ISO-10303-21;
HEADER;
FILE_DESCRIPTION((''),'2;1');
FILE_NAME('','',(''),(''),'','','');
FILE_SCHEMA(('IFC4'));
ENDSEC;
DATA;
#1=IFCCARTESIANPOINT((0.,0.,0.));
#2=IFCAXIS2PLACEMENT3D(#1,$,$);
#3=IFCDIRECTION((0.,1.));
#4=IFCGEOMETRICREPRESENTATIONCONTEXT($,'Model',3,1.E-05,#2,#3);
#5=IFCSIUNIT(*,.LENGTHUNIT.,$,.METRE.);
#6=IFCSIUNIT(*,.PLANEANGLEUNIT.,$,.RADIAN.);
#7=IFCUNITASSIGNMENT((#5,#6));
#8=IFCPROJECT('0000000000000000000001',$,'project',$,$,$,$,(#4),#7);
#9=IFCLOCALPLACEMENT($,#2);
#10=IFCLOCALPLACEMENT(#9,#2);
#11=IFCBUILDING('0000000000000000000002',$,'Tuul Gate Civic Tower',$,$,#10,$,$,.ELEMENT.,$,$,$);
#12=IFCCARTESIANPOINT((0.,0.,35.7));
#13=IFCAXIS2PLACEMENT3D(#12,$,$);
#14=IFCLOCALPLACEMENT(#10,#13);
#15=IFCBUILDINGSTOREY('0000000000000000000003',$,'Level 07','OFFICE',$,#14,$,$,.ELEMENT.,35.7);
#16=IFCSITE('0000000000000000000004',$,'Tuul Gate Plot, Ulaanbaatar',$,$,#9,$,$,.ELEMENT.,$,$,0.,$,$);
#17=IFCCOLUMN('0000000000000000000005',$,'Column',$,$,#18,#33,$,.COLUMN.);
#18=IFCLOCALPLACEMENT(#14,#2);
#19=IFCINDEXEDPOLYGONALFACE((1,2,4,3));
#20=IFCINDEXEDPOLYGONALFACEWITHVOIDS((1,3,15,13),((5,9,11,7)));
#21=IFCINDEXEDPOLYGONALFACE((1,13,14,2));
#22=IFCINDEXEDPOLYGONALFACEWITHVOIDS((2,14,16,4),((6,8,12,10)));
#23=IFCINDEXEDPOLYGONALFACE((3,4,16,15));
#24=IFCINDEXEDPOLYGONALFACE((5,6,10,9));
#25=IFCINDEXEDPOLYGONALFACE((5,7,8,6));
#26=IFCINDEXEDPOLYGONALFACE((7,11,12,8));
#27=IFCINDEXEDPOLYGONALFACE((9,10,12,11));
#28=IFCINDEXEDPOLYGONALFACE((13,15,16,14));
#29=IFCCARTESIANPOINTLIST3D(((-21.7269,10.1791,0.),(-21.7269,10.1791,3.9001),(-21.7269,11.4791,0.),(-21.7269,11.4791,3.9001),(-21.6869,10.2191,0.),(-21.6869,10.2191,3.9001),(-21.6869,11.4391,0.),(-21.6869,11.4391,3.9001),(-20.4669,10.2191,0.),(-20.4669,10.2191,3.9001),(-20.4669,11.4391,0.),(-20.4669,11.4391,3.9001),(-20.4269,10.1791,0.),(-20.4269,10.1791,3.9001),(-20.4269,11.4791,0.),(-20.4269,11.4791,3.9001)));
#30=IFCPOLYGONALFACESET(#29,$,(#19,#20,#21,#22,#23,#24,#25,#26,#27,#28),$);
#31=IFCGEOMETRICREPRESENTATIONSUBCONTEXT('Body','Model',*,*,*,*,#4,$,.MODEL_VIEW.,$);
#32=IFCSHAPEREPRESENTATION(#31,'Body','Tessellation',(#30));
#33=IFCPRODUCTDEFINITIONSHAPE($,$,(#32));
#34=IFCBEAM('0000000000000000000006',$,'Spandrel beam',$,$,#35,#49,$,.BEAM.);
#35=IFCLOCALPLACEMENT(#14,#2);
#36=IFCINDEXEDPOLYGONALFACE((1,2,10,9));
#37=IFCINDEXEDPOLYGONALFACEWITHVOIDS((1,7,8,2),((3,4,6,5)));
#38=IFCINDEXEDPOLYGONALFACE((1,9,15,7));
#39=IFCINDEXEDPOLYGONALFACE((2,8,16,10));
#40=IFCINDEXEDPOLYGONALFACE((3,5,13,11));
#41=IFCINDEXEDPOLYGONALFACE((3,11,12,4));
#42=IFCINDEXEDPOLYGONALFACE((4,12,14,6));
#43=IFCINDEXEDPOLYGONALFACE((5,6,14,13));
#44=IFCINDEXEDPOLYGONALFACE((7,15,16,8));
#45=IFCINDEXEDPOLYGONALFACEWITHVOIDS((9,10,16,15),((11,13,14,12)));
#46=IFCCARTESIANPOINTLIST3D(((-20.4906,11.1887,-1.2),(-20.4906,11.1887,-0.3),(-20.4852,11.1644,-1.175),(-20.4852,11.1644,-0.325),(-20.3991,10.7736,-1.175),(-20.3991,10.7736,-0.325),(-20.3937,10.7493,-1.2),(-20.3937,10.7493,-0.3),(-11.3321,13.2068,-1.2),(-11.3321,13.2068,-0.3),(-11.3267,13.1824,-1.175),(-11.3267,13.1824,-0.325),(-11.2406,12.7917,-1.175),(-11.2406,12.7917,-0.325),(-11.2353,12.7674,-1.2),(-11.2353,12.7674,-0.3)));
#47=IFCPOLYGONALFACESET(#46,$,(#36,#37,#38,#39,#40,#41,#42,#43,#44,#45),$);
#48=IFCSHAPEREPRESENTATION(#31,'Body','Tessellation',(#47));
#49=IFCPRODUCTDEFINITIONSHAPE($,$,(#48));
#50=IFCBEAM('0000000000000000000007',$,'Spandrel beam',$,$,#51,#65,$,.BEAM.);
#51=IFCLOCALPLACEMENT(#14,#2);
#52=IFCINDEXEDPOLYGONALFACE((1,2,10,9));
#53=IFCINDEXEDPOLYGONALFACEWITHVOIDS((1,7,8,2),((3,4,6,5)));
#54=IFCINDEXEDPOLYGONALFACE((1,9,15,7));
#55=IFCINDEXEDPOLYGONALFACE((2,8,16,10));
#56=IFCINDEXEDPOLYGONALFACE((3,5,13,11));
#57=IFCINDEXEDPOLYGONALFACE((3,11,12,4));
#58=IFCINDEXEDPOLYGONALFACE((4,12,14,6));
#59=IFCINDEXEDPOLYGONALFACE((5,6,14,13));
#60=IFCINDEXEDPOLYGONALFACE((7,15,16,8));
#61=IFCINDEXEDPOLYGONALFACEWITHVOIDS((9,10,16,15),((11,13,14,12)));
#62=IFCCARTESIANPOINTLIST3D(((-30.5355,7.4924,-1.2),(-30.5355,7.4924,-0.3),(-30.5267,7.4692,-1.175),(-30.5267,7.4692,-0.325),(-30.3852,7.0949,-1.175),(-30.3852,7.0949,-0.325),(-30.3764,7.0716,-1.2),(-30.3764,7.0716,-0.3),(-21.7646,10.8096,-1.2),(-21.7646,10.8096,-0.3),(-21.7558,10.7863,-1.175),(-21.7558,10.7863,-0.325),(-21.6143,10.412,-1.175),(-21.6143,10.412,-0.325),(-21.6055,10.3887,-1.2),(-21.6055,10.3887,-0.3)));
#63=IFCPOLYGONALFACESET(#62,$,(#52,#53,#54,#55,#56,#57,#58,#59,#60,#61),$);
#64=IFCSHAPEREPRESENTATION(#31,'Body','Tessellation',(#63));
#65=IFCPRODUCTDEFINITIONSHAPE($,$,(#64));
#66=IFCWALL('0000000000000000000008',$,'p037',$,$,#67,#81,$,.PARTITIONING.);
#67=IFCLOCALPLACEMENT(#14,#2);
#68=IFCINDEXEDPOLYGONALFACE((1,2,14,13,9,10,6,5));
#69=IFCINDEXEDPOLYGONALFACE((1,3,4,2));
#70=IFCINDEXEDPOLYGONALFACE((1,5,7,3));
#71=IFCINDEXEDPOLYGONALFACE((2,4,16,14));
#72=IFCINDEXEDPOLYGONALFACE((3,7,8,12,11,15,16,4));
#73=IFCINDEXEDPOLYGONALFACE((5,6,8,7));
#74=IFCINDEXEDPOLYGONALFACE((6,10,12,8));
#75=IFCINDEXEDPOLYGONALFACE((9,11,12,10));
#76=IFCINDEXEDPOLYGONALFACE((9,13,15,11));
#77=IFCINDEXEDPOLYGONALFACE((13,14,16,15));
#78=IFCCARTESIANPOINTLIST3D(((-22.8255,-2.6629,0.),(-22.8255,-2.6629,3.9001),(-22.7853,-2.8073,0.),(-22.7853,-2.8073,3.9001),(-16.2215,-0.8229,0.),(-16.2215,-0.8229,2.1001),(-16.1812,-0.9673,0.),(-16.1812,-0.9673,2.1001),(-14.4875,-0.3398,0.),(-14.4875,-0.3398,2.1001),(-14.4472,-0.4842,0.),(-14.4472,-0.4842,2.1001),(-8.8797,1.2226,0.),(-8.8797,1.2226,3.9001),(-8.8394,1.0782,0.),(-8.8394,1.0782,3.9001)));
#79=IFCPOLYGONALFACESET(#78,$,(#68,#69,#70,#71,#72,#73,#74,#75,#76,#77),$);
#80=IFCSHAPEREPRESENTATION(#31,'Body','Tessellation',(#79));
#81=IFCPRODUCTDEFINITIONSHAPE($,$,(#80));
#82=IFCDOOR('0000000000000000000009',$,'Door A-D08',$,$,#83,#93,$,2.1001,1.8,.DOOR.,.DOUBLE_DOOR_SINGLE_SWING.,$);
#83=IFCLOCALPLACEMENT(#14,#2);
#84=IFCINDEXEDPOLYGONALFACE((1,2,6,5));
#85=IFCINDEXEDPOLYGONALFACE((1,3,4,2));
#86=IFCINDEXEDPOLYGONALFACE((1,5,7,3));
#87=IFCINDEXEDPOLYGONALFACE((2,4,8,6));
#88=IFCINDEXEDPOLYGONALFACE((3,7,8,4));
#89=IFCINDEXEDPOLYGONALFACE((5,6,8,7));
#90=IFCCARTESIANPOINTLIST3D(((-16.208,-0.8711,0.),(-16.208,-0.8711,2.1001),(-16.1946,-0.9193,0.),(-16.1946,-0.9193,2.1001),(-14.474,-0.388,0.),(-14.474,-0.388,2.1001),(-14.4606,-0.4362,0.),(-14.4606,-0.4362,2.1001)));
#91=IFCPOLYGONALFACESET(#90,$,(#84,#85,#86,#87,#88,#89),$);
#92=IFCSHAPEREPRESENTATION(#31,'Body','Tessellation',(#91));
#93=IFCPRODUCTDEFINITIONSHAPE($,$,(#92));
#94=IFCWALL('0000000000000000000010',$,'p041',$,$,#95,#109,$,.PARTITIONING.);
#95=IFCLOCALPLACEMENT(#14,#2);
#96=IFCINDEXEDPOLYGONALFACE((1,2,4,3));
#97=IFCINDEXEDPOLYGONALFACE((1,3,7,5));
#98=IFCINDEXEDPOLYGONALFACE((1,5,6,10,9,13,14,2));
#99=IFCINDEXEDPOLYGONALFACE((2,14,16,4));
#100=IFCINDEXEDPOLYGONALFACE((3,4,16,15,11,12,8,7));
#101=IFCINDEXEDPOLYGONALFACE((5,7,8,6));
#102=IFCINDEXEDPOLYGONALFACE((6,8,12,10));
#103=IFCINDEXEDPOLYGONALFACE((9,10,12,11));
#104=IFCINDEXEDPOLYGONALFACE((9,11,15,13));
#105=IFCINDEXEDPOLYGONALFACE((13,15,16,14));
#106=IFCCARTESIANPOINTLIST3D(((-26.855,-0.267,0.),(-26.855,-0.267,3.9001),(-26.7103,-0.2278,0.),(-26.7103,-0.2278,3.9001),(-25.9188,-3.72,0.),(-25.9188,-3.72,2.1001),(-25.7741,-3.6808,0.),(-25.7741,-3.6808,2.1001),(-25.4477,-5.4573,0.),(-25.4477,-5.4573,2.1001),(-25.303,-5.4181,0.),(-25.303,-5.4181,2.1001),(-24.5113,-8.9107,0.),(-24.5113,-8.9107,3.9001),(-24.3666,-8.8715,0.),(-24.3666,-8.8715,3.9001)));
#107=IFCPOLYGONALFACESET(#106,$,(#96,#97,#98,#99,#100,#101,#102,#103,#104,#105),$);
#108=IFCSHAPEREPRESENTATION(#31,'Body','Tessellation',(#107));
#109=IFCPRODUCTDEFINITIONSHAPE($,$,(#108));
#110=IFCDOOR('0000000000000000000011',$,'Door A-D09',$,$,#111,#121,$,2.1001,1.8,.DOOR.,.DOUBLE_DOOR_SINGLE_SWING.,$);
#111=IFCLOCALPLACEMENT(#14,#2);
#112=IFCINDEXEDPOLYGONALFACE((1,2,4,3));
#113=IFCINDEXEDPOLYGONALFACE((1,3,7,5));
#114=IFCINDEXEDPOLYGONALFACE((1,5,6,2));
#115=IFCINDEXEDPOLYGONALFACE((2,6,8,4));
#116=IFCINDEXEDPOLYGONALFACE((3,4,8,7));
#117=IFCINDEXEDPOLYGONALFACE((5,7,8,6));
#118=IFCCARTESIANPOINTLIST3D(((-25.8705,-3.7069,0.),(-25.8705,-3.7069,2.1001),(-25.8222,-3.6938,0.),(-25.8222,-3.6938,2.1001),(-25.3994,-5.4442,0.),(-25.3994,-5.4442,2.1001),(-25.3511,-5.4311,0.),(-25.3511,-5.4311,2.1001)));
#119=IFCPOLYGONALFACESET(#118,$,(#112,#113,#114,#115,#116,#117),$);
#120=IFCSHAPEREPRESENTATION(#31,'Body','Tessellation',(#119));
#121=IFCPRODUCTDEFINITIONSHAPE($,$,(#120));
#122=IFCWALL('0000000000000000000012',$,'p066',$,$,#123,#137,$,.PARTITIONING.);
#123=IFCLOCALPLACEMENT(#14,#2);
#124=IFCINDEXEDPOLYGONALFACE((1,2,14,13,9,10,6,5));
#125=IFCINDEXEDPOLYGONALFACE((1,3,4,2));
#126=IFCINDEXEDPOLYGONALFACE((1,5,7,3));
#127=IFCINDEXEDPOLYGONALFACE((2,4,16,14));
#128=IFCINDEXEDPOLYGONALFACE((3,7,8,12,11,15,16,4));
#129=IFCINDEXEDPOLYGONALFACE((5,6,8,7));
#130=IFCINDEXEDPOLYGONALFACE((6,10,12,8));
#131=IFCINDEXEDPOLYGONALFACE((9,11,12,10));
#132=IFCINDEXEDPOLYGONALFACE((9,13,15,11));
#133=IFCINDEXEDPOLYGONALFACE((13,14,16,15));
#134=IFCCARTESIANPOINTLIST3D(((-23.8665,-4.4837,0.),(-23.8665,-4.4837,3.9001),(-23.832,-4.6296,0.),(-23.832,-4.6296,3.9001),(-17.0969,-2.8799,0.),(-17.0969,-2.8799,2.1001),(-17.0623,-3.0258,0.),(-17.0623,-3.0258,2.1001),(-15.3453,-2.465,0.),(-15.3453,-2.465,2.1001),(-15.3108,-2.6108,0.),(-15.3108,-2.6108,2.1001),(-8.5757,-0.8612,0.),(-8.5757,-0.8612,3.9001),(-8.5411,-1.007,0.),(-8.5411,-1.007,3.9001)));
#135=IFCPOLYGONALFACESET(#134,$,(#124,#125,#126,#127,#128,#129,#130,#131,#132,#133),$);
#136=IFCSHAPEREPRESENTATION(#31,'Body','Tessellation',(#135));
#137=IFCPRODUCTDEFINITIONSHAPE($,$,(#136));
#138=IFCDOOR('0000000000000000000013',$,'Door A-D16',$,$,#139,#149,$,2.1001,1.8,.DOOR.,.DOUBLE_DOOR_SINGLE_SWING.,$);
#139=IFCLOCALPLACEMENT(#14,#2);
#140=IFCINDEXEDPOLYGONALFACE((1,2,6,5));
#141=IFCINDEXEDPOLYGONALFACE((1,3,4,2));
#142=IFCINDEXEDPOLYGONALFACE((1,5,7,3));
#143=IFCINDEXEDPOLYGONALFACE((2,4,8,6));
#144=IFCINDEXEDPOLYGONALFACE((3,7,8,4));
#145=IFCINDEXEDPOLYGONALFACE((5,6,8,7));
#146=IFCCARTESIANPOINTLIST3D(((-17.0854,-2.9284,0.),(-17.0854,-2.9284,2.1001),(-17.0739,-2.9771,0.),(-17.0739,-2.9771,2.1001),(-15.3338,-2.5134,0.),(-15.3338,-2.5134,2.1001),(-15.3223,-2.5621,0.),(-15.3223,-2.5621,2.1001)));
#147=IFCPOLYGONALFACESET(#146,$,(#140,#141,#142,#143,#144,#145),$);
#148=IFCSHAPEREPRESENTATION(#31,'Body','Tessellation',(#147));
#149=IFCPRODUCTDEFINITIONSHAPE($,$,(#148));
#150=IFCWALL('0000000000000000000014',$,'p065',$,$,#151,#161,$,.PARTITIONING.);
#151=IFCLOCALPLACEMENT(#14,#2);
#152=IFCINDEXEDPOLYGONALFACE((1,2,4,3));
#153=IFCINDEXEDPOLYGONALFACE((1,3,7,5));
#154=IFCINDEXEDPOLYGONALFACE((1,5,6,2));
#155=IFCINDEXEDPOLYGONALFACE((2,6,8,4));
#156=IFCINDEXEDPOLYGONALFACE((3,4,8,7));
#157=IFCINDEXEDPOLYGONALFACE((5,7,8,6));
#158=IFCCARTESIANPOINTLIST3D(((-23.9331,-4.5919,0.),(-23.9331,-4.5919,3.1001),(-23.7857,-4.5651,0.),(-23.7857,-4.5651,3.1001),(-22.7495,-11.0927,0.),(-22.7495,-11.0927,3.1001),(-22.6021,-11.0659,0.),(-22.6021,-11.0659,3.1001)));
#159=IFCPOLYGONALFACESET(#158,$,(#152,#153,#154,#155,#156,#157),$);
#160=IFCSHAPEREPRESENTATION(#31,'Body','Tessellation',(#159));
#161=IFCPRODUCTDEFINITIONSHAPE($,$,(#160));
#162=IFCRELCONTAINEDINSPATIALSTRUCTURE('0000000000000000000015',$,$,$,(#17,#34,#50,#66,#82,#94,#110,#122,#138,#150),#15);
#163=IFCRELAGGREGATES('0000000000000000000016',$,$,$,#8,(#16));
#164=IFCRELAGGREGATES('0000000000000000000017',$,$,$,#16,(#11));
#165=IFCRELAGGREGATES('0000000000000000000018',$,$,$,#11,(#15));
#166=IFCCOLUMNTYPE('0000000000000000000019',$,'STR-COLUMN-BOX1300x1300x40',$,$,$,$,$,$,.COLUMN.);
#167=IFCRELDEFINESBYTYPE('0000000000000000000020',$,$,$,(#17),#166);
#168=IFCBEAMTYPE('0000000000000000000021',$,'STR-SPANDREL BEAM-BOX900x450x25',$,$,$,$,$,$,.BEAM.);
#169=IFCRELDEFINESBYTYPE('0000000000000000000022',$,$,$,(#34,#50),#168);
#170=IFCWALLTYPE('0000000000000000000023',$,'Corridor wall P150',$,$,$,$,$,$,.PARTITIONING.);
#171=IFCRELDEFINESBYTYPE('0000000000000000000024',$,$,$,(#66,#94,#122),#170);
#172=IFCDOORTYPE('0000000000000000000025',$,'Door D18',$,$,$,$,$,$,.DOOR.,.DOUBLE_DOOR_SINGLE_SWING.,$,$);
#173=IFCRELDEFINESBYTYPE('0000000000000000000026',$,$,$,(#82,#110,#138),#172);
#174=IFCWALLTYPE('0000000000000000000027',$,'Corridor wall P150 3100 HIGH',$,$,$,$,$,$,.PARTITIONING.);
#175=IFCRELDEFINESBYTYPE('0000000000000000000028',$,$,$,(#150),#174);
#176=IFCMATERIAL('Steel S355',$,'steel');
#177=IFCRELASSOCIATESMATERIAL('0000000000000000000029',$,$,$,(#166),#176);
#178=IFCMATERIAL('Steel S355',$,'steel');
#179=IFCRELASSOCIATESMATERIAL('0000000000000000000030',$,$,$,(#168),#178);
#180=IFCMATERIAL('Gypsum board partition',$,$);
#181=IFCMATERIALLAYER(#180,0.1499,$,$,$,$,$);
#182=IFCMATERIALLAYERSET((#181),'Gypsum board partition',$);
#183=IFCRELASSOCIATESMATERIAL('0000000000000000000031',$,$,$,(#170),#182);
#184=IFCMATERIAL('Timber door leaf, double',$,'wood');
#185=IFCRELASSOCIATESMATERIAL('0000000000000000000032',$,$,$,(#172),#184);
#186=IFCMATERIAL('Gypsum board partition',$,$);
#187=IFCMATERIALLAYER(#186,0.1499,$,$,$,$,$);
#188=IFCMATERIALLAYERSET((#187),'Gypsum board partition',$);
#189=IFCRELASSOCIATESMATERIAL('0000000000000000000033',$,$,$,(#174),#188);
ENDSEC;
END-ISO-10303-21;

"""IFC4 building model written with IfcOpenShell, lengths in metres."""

from ifc_helpers import new_model, si_unit, direction, frame, frame_2d, origin, origin_2d, place, context, subcontext, project, spatial, rectangle, hollow_rectangle, extrude, material, layer, layer_set, material_profile, profile_set, type_object, element, fill, save


model = new_model("IFC4")

# Units and contexts
model_context = context("Model", 3, precision=1e-05, world=origin(), true_north=direction((0.0, 1.0)))
body_context = subcontext(model_context, "Body", "Model", "MODEL_VIEW")
ifc_project = project(units=[si_unit("LENGTHUNIT", "METRE"), si_unit("PLANEANGLEUNIT", "RADIAN")], contexts=[model_context])

# Site, building, storey
site_placement = place(None, origin())
site = spatial("IfcSite", under=ifc_project, at=site_placement, Name="Tuul Gate Plot, Ulaanbaatar", CompositionType="ELEMENT", RefElevation=0.0)
building_placement = place(site_placement, origin())
building = spatial("IfcBuilding", under=site, at=building_placement, Name="Tuul Gate Civic Tower", CompositionType="ELEMENT")
storey_placement = place(building_placement, frame((0.0, 0.0, 35.7)))
storey = spatial("IfcBuildingStorey", under=building, at=storey_placement, Name="Level 07", Description="OFFICE", CompositionType="ELEMENT", Elevation=35.7)

# Column
ifc_material_1 = material(Name="Steel S355", Category="steel")
ifc_material_profile_1 = material_profile(ifc_material_1, hollow_rectangle(XDim=1.3, YDim=1.3, WallThickness=0.04, at=origin_2d()), Name="BOX1300x1300x40")
ifc_profile_set_1 = profile_set([ifc_material_profile_1], Name="Steel S355")
column_type = type_object("IfcColumnType", Name="STR-COLUMN-BOX1300x1300x40", PredefinedType="COLUMN", material=ifc_profile_set_1)
column_placement = place(storey_placement, frame((-21.0769, 10.8291, 0.0), z_axis=(0.0, 0.0, 1.0), x_axis=(1.0, 0.0, 0.0)))
element("IfcColumn", 1, at=column_placement, inside=storey, type_object=column_type, Name="Column", PredefinedType="COLUMN", context=body_context, shape_type="SweptSolid", body=[
    extrude(hollow_rectangle(XDim=1.3, YDim=1.3, WallThickness=0.04, at=origin_2d()), origin(), (0.0, 0.0, 1.0), 3.9001),
])

# Beams
ifc_material_2 = material(Name="Steel S355", Category="steel")
ifc_material_profile_2 = material_profile(ifc_material_2, hollow_rectangle(XDim=0.45, YDim=0.8999, WallThickness=0.0249, at=origin_2d()), Name="BOX900x450x25")
ifc_profile_set_2 = profile_set([ifc_material_profile_2], Name="Steel S355")
beam_type = type_object("IfcBeamType", Name="STR-SPANDREL BEAM-BOX900x450x25", PredefinedType="BEAM", material=ifc_profile_set_2)
beam_1_placement = place(storey_placement, frame((-11.2837, 12.9871, -0.75), z_axis=(-0.976573, -0.215188, 0.0), x_axis=(0.215188, -0.976573, 0.0)))
element("IfcBeam", 2, at=beam_1_placement, inside=storey, type_object=beam_type, Name="Spandrel beam", PredefinedType="BEAM", context=body_context, shape_type="SweptSolid", body=[
    extrude(hollow_rectangle(XDim=0.45, YDim=0.8999, WallThickness=0.0249, at=origin_2d()), origin(), (0.0, 0.0, 1.0), 9.3782),
])
beam_2_placement = place(storey_placement, frame((-21.6851, 10.5991, -0.75), z_axis=(-0.935343, -0.353741, 0.0), x_axis=(0.353741, -0.935343, 0.0)))
element("IfcBeam", 3, at=beam_2_placement, inside=storey, type_object=beam_type, Name="Spandrel beam", PredefinedType="BEAM", context=body_context, shape_type="SweptSolid", body=[
    extrude(hollow_rectangle(XDim=0.45, YDim=0.8999, WallThickness=0.0249, at=origin_2d()), origin(), (0.0, 0.0, 1.0), 9.3772),
])

# Walls, openings, doors
ifc_material_3 = material(Name="Gypsum board partition")
ifc_layer_1 = layer(ifc_material_3, 0.1499)
ifc_layer_set_1 = layer_set([ifc_layer_1], Name="Gypsum board partition")
wall_type_1 = type_object("IfcWallType", Name="Corridor wall P150", PredefinedType="PARTITIONING", material=ifc_layer_set_1)
wall_1_placement = place(storey_placement, frame((-22.8054, -2.7351, 0.0), z_axis=(0.0, 0.0, 1.0), x_axis=(0.96331, 0.268392, 0.0)))
wall_1 = element("IfcWall", 4, at=wall_1_placement, inside=storey, type_object=wall_type_1, Name="p037", PredefinedType="PARTITIONING", context=body_context, shape_type="SweptSolid", body=[
    extrude(rectangle(XDim=14.4771, YDim=0.1499, at=frame_2d((7.2385, 0.0))), origin(), (0.0, 0.0, 1.0), 3.9001),
])
opening_1_placement = place(wall_1_placement, frame((6.8557, 0.0, 0.0)))
opening_1 = element("IfcOpeningElement", 5, at=opening_1_placement, cuts=wall_1, PredefinedType="OPENING", context=body_context, shape_type="SweptSolid", body=[
    extrude(rectangle(XDim=1.8, YDim=2.1001, at=frame_2d((0.8999, 1.05))), frame((0.0, 0.085, 0.0), z_axis=(0.0, -1.0, 0.0), x_axis=(1.0, 0.0, 0.0)), (0.0, 0.0, 1.0), 0.1699),
])
ifc_material_4 = material(Name="Timber door leaf, double", Category="wood")
door_type = type_object("IfcDoorType", Name="Door D18", OperationType="DOUBLE_DOOR_SINGLE_SWING", PredefinedType="DOOR", material=ifc_material_4)
door_1_placement = place(opening_1_placement, origin())
door_1 = element("IfcDoor", 6, at=door_1_placement, inside=storey, type_object=door_type, Name="Door A-D08", OperationType="DOUBLE_DOOR_SINGLE_SWING", OverallHeight=2.1001, OverallWidth=1.8, PredefinedType="DOOR", context=body_context, shape_type="SweptSolid", body=[
    extrude(rectangle(XDim=1.8, YDim=2.1001, at=frame_2d((0.8999, 1.05))), frame((0.0, 0.0249, 0.0), z_axis=(0.0, -1.0, 0.0), x_axis=(1.0, 0.0, 0.0)), (0.0, 0.0, 1.0), 0.05),
])
fill(opening_1, door_1)
wall_2_placement = place(storey_placement, frame((-26.7827, -0.2473, 0.0), z_axis=(0.0, 0.0, 1.0), x_axis=(0.261699, -0.96515, 0.0)))
wall_2 = element("IfcWall", 7, at=wall_2_placement, inside=storey, type_object=wall_type_1, Name="p041", PredefinedType="PARTITIONING", context=body_context, shape_type="SweptSolid", body=[
    extrude(rectangle(XDim=8.9558, YDim=0.1499, at=frame_2d((4.478, 0.0))), origin(), (0.0, 0.0, 1.0), 3.9001),
])
opening_2_placement = place(wall_2_placement, frame((3.5779, 0.0, 0.0)))
opening_2 = element("IfcOpeningElement", 8, at=opening_2_placement, cuts=wall_2, PredefinedType="OPENING", context=body_context, shape_type="SweptSolid", body=[
    extrude(rectangle(XDim=1.8, YDim=2.1001, at=frame_2d((0.8999, 1.05))), frame((0.0, 0.085, 0.0), z_axis=(0.0, -1.0, 0.0), x_axis=(1.0, 0.0, 0.0)), (0.0, 0.0, 1.0), 0.1699),
])
door_2_placement = place(opening_2_placement, frame((1.8, 0.0, 0.0), z_axis=(0.0, 0.0, 1.0), x_axis=(-1.0, 0.0, 0.0)))
door_2 = element("IfcDoor", 9, at=door_2_placement, inside=storey, type_object=door_type, Name="Door A-D09", OperationType="DOUBLE_DOOR_SINGLE_SWING", OverallHeight=2.1001, OverallWidth=1.8, PredefinedType="DOOR", context=body_context, shape_type="SweptSolid", body=[
    extrude(rectangle(XDim=1.8, YDim=2.1001, at=frame_2d((0.9001, 1.05))), frame((0.0, 0.0249, 0.0), z_axis=(0.0, -1.0, 0.0), x_axis=(1.0, 0.0, 0.0)), (0.0, 0.0, 1.0), 0.05),
])
fill(opening_2, door_2)
wall_3_placement = place(storey_placement, frame((-23.8491, -4.5566, 0.0), z_axis=(0.0, 0.0, 1.0), x_axis=(0.973065, 0.23053, 0.0)))
wall_3 = element("IfcWall", 10, at=wall_3_placement, inside=storey, type_object=wall_type_1, Name="p066", PredefinedType="PARTITIONING", context=body_context, shape_type="SweptSolid", body=[
    extrude(rectangle(XDim=15.7141, YDim=0.1499, at=frame_2d((7.8569, 0.0))), origin(), (0.0, 0.0, 1.0), 3.9001),
])
opening_3_placement = place(wall_3_placement, frame((6.957, 0.0, 0.0)))
opening_3 = element("IfcOpeningElement", 11, at=opening_3_placement, cuts=wall_3, PredefinedType="OPENING", context=body_context, shape_type="SweptSolid", body=[
    extrude(rectangle(XDim=1.8, YDim=2.1001, at=frame_2d((0.8999, 1.05))), frame((0.0, 0.085, 0.0), z_axis=(0.0, -1.0, 0.0), x_axis=(1.0, 0.0, 0.0)), (0.0, 0.0, 1.0), 0.1699),
])
door_3_placement = place(opening_3_placement, frame((1.8, 0.0, 0.0), z_axis=(0.0, 0.0, 1.0), x_axis=(-1.0, 0.0, 0.0)))
door_3 = element("IfcDoor", 12, at=door_3_placement, inside=storey, type_object=door_type, Name="Door A-D16", OperationType="DOUBLE_DOOR_SINGLE_SWING", OverallHeight=2.1001, OverallWidth=1.8, PredefinedType="DOOR", context=body_context, shape_type="SweptSolid", body=[
    extrude(rectangle(XDim=1.8, YDim=2.1001, at=frame_2d((0.9001, 1.05))), frame((0.0, 0.0249, 0.0), z_axis=(0.0, -1.0, 0.0), x_axis=(1.0, 0.0, 0.0)), (0.0, 0.0, 1.0), 0.05),
])
fill(opening_3, door_3)

# Wall
ifc_material_5 = material(Name="Gypsum board partition")
ifc_layer_2 = layer(ifc_material_5, 0.1499)
ifc_layer_set_2 = layer_set([ifc_layer_2], Name="Gypsum board partition")
wall_type_2 = type_object("IfcWallType", Name="Corridor wall P150 3100 HIGH", PredefinedType="PARTITIONING", material=ifc_layer_set_2)
wall_4_placement = place(storey_placement, frame((-23.8594, -4.5786, 0.0), z_axis=(0.0, 0.0, 1.0), x_axis=(0.179126, -0.983826, 0.0)))
element("IfcWall", 13, at=wall_4_placement, inside=storey, type_object=wall_type_2, Name="p065", PredefinedType="PARTITIONING", context=body_context, shape_type="SweptSolid", body=[
    extrude(rectangle(XDim=6.6077, YDim=0.1499, at=frame_2d((3.3037, 0.0))), origin(), (0.0, 0.0, 1.0), 3.1001),
])

save(model, "model.ifc")
